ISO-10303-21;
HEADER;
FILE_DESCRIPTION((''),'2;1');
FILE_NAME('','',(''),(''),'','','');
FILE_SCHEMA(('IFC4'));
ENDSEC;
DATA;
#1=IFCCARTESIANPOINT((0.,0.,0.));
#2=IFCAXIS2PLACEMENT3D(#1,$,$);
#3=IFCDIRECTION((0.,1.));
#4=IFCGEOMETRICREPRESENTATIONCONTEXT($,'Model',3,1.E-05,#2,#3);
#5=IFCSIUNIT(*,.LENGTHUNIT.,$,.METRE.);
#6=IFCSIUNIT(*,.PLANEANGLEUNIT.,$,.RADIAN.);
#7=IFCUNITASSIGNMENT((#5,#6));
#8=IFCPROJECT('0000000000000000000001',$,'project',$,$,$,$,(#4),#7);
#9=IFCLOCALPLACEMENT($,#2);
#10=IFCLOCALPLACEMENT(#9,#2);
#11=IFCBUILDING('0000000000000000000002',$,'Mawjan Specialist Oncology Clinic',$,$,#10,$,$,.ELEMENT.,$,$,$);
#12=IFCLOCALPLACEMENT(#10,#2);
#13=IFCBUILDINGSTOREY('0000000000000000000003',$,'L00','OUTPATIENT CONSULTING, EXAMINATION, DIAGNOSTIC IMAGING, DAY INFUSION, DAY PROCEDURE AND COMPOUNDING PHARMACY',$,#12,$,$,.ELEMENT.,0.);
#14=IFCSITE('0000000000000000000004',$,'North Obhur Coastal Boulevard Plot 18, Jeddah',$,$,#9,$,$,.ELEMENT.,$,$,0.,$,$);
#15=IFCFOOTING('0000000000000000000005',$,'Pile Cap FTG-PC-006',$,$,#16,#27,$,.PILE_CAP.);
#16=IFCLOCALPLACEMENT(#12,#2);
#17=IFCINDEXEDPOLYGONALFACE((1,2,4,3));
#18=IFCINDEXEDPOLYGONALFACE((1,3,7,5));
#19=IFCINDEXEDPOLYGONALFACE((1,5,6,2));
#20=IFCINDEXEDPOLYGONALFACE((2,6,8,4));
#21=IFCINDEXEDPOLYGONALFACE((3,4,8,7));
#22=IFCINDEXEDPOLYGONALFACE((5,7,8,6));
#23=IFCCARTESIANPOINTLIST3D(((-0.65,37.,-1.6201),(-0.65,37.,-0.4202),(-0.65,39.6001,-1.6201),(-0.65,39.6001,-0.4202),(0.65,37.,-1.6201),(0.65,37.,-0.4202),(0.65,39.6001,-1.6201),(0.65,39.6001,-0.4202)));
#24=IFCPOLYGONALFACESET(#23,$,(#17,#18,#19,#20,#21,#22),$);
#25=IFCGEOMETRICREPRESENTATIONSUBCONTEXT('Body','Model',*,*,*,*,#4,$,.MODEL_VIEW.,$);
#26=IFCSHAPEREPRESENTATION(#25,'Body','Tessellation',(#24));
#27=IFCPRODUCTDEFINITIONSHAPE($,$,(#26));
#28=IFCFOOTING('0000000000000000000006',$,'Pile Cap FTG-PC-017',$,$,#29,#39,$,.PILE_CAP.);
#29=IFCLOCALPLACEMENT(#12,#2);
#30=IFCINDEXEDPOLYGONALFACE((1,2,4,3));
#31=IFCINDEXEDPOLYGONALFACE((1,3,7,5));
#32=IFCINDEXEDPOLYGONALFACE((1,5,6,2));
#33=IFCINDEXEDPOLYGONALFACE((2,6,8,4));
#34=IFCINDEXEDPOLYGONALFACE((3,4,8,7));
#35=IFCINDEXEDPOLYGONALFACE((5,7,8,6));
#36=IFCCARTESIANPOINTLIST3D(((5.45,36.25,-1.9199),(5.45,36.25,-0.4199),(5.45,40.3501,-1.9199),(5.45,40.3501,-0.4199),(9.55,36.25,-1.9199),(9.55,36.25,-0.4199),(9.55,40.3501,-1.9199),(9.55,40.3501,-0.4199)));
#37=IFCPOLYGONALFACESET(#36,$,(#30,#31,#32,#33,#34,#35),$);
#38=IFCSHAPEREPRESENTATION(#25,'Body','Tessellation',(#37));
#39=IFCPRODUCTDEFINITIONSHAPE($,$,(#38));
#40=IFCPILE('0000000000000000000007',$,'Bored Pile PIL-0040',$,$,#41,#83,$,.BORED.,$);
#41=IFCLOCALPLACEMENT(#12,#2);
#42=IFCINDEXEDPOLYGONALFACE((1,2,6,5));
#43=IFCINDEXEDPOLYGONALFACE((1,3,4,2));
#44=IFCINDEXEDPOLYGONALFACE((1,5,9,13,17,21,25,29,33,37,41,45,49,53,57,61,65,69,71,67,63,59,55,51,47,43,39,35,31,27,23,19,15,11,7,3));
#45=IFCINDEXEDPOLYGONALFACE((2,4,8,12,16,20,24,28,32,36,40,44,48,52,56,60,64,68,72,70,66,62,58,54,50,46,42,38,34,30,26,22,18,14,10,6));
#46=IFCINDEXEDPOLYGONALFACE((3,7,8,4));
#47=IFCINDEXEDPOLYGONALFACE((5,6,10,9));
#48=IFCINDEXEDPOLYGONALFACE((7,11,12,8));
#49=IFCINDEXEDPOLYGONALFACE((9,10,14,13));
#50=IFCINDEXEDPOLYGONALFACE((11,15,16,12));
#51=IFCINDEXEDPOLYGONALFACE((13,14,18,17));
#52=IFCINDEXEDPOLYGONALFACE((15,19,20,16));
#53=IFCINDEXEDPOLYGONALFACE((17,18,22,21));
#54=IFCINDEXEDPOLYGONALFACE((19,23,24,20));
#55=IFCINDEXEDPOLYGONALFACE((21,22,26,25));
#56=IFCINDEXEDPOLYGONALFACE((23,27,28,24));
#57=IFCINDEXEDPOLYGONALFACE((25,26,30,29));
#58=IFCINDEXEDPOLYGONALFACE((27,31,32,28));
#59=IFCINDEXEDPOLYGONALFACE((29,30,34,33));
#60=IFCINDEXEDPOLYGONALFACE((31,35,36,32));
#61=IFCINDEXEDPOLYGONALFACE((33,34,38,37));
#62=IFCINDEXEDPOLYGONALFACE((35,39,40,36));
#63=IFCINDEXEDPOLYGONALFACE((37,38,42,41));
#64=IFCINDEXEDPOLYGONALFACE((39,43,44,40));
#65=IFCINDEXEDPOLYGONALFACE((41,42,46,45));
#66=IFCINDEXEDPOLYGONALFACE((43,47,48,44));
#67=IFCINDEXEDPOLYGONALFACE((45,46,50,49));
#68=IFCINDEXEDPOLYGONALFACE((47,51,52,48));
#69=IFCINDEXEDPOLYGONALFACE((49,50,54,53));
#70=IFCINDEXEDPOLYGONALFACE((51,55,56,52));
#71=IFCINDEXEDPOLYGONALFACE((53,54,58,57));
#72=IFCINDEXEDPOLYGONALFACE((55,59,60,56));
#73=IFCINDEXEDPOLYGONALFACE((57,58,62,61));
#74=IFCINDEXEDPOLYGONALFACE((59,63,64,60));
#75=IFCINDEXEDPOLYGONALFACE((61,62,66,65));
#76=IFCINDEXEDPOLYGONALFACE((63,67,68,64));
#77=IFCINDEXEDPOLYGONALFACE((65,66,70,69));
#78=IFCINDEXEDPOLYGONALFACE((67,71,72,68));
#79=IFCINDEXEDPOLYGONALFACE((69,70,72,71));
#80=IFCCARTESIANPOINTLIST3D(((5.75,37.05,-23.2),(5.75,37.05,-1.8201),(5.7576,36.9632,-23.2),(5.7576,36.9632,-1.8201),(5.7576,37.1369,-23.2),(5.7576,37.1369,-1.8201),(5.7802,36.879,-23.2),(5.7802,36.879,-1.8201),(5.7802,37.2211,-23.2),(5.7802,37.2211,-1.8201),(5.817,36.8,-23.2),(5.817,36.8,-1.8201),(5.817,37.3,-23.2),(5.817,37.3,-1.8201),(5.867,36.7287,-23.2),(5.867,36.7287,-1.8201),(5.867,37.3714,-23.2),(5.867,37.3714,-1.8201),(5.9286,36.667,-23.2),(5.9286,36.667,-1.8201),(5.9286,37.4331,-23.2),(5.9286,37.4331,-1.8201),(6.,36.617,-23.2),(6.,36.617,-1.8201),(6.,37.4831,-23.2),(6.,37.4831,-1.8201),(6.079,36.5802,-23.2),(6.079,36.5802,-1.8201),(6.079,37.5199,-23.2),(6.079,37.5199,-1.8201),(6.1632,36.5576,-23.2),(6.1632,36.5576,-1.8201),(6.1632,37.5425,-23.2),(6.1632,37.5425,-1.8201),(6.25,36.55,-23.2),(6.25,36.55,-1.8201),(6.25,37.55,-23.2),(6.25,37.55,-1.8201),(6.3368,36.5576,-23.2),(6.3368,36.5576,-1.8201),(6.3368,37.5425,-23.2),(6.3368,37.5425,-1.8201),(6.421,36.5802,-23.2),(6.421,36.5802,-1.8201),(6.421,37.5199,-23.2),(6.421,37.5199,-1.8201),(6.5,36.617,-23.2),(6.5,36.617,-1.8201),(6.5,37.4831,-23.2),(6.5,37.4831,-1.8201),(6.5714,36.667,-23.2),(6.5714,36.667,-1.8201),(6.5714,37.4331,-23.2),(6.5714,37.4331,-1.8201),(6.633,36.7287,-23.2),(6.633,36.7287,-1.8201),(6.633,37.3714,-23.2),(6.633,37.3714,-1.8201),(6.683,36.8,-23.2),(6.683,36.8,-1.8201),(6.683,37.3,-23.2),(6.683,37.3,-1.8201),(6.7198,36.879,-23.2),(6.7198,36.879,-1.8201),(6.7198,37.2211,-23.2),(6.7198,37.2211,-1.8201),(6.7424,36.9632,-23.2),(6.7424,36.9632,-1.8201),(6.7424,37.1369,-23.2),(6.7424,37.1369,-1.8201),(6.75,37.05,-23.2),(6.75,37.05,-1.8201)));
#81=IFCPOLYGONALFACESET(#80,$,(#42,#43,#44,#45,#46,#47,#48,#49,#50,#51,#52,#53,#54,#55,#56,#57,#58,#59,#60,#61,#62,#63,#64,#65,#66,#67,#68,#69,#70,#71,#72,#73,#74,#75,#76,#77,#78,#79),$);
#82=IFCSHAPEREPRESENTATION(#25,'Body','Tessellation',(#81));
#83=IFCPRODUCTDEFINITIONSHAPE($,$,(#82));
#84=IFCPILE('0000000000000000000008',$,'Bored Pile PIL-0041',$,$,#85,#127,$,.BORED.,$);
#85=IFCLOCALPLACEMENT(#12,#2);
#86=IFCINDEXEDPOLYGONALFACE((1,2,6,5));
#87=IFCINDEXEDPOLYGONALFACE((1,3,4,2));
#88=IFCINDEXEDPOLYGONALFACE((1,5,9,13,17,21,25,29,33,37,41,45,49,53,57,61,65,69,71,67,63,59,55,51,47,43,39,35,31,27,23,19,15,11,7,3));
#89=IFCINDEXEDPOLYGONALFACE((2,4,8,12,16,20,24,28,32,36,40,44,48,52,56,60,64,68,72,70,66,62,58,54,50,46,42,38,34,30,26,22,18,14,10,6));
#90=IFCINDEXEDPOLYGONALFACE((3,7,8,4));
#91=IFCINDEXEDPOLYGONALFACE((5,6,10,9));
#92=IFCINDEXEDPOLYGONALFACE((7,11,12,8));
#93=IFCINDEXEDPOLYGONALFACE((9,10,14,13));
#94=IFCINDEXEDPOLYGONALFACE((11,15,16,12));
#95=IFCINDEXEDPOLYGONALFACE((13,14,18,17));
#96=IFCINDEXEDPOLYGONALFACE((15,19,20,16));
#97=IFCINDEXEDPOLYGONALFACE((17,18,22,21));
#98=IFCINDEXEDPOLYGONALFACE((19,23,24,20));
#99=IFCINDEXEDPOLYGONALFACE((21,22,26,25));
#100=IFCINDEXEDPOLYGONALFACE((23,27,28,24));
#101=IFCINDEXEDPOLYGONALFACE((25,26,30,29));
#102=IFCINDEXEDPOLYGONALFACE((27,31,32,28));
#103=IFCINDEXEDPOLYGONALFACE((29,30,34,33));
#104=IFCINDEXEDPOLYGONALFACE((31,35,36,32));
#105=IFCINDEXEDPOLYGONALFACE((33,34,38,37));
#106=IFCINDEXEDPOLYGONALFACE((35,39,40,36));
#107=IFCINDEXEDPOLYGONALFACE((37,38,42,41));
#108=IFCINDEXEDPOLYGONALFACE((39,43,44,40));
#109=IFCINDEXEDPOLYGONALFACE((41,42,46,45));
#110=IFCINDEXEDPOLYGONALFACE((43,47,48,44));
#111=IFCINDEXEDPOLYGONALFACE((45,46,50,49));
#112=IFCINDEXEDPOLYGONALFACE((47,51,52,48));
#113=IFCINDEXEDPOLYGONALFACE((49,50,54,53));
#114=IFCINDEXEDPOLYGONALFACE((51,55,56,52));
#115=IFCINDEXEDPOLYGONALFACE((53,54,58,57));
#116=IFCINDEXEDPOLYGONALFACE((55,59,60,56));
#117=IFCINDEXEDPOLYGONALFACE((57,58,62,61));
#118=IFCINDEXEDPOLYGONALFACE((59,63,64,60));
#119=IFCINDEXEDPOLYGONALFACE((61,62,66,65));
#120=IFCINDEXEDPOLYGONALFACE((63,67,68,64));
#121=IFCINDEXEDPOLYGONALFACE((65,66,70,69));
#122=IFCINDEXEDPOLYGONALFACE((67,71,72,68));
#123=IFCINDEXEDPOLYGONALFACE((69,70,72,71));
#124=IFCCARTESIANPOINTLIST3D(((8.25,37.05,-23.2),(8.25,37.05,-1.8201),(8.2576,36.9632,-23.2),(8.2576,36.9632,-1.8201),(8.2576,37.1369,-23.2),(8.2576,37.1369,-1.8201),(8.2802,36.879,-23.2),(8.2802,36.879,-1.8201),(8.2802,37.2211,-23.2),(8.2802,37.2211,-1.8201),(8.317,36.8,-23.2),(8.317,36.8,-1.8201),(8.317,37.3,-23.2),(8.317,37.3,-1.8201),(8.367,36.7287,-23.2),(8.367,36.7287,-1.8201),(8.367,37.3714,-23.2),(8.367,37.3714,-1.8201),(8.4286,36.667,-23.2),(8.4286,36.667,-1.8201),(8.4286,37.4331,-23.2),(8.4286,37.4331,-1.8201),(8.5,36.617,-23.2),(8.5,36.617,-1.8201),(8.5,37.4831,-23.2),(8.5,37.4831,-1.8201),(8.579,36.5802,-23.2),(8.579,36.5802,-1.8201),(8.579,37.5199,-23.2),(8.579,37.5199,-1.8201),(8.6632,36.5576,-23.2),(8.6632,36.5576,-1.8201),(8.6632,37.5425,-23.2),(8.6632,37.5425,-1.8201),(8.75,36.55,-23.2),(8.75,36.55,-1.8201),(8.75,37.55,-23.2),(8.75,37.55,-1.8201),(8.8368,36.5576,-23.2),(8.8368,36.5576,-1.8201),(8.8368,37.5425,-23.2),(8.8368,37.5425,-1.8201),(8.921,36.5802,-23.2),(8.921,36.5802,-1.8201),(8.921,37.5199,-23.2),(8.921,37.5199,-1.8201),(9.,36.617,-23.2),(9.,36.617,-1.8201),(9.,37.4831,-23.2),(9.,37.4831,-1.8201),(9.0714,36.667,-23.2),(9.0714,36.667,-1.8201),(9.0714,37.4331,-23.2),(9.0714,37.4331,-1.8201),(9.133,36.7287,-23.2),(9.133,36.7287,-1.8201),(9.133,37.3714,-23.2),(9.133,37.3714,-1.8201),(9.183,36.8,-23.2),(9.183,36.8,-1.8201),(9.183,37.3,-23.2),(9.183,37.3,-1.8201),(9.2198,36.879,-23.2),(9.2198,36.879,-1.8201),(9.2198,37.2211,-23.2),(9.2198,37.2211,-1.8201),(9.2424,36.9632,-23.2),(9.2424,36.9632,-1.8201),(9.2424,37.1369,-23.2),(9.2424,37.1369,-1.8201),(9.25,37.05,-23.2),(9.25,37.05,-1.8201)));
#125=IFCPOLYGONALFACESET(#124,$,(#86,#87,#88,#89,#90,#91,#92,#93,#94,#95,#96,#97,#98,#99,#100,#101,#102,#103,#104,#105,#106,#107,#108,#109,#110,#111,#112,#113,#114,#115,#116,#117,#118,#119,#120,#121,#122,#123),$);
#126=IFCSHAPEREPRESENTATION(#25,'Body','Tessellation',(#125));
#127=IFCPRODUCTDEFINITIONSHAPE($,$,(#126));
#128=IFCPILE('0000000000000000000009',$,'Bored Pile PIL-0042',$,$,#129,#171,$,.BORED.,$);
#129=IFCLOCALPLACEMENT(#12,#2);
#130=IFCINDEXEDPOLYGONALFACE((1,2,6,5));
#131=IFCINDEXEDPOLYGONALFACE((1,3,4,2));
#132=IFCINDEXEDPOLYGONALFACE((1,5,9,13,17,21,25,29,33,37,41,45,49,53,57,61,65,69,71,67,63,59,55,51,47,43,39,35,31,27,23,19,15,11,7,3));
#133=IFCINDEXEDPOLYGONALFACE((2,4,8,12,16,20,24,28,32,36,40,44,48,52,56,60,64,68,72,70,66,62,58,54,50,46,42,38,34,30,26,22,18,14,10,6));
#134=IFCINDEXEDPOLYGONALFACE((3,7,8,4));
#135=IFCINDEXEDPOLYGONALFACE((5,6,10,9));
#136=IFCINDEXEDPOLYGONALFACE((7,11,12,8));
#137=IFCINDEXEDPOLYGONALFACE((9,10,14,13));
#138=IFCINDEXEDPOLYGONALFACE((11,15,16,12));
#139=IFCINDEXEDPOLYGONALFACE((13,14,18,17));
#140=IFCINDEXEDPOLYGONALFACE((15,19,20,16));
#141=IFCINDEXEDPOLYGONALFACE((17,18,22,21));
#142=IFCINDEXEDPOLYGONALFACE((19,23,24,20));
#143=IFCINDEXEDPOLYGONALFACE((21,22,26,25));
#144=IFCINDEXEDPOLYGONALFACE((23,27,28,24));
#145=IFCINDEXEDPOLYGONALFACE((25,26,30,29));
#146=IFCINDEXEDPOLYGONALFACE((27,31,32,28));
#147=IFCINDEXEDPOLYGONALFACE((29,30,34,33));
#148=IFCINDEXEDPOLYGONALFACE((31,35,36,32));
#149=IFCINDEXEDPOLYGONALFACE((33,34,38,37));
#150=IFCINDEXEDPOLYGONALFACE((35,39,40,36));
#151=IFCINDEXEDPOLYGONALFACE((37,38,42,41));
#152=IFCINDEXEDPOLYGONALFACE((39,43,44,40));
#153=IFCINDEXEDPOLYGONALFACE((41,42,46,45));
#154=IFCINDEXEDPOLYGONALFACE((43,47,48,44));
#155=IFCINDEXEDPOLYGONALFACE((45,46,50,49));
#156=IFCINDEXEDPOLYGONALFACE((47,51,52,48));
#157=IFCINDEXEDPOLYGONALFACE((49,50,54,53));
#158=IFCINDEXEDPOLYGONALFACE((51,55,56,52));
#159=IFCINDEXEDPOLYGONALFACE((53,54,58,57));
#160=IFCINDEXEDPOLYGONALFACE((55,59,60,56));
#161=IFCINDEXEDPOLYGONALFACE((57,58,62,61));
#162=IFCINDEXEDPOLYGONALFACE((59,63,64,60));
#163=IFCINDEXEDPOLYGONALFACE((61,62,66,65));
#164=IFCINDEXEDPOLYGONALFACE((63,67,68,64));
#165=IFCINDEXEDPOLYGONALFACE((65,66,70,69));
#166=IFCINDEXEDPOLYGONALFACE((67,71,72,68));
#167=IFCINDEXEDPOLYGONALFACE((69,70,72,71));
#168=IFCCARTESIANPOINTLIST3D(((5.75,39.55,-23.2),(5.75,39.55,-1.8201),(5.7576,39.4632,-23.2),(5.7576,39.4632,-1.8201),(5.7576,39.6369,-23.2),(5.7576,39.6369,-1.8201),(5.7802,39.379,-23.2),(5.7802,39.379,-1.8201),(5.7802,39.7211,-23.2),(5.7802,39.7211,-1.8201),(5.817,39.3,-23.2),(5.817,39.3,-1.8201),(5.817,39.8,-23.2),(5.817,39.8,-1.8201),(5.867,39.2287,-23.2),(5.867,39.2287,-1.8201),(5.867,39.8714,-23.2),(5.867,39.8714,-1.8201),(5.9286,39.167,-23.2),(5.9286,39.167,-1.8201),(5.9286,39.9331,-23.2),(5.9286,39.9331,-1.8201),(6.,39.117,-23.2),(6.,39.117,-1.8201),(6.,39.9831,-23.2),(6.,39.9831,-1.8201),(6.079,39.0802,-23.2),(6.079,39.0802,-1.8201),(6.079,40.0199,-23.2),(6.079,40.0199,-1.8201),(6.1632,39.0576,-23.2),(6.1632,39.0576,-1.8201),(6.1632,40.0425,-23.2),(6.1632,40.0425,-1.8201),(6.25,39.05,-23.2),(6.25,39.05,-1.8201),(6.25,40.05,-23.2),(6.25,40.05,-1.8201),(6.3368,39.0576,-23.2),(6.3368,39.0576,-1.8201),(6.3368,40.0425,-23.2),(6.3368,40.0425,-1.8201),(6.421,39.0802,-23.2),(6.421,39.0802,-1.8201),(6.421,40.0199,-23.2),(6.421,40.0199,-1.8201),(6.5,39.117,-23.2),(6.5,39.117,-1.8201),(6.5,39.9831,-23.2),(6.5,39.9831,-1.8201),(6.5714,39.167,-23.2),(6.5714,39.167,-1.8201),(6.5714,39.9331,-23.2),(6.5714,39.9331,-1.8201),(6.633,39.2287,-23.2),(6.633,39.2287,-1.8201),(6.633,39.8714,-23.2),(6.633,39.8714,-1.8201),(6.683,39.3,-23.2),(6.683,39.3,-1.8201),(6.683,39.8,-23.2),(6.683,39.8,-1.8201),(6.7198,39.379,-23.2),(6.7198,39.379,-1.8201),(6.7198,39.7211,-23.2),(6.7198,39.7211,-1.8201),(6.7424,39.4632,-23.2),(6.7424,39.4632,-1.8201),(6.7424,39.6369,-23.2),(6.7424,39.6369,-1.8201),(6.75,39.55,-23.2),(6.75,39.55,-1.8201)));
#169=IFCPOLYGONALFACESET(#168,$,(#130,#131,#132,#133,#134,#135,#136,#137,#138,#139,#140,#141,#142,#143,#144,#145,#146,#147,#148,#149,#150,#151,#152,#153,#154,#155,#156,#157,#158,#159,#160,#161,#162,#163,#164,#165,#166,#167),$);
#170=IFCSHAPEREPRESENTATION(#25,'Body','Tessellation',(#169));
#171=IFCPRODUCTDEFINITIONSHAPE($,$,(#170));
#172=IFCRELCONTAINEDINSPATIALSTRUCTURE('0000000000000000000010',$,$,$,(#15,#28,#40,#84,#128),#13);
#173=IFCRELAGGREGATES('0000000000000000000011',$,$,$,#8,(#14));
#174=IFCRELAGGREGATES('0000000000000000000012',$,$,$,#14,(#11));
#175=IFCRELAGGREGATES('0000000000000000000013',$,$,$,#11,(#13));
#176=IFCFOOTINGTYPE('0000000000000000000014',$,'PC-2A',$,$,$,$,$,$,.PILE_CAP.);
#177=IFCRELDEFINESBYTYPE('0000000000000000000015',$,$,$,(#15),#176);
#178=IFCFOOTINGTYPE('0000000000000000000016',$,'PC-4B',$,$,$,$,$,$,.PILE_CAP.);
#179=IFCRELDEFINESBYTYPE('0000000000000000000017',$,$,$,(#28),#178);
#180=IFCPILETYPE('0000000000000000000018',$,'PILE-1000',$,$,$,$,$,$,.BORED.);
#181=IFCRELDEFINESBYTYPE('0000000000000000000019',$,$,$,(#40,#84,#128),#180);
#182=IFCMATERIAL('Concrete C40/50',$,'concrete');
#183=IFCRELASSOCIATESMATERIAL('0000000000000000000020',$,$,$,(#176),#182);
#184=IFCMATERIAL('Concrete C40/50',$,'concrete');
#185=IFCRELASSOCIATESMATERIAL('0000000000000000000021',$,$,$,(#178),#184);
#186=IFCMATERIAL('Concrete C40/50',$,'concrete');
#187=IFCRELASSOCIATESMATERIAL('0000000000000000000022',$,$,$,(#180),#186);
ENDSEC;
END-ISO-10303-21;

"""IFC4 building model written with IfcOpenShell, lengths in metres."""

from ifc_helpers import new_model, si_unit, direction, frame, origin, origin_2d, place, context, subcontext, project, spatial, rectangle, circle, extrude, material, material_profile, profile_set, type_object, element, save


model = new_model("IFC4")

# Units and contexts
model_context = context("Model", 3, precision=1e-05, world=origin(), true_north=direction((0.0, 1.0)))
body_context = subcontext(model_context, "Body", "Model", "MODEL_VIEW")
ifc_project = project(units=[si_unit("LENGTHUNIT", "METRE"), si_unit("PLANEANGLEUNIT", "RADIAN")], contexts=[model_context])

# Site, building, storey
site_placement = place(None, origin())
site = spatial("IfcSite", under=ifc_project, at=site_placement, Name="North Obhur Coastal Boulevard Plot 18, Jeddah", CompositionType="ELEMENT", RefElevation=0.0)
building_placement = place(site_placement, origin())
building = spatial("IfcBuilding", under=site, at=building_placement, Name="Mawjan Specialist Oncology Clinic", CompositionType="ELEMENT")
storey_placement = place(building_placement, origin())
storey = spatial("IfcBuildingStorey", under=building, at=storey_placement, Name="L00", Description="OUTPATIENT CONSULTING, EXAMINATION, DIAGNOSTIC IMAGING, DAY INFUSION, DAY PROCEDURE AND COMPOUNDING PHARMACY", CompositionType="ELEMENT", Elevation=0.0)

# Footings
ifc_material_1 = material(Name="Concrete C40/50", Category="concrete")
footing_type_1 = type_object("IfcFootingType", Name="PC-2A", PredefinedType="PILE_CAP", material=ifc_material_1)
footing_1_placement = place(storey_placement, frame((0.0, 38.3, -1.6201), z_axis=(0.0, 0.0, 1.0), x_axis=(0.0, 1.0, 0.0)))
element("IfcFooting", 1, at=footing_1_placement, inside=storey, type_object=footing_type_1, Name="Pile Cap FTG-PC-006", PredefinedType="PILE_CAP", context=body_context, shape_type="SweptSolid", body=[
    extrude(rectangle(XDim=2.6001, YDim=1.3, at=origin_2d()), origin(), (0.0, 0.0, 1.0), 1.2),
])
ifc_material_2 = material(Name="Concrete C40/50", Category="concrete")
footing_type_2 = type_object("IfcFootingType", Name="PC-4B", PredefinedType="PILE_CAP", material=ifc_material_2)
footing_2_placement = place(storey_placement, frame((7.5, 38.3, -1.9199), z_axis=(0.0, 0.0, 1.0), x_axis=(1.0, 0.0, 0.0)))
element("IfcFooting", 2, at=footing_2_placement, inside=storey, type_object=footing_type_2, Name="Pile Cap FTG-PC-017", PredefinedType="PILE_CAP", context=body_context, shape_type="SweptSolid", body=[
    extrude(rectangle(XDim=4.1001, YDim=4.1001, at=origin_2d()), origin(), (0.0, 0.0, 1.0), 1.5),
])

# Piles
ifc_material_3 = material(Name="Concrete C40/50", Category="concrete")
ifc_material_profile_1 = material_profile(ifc_material_3, circle(Radius=0.5, at=origin_2d()), Name="BORED PILE D1000", Category="concrete")
ifc_profile_set_1 = profile_set([ifc_material_profile_1], Name="Concrete C40/50")
pile_type_1 = type_object("IfcPileType", Name="PILE-1000", PredefinedType="BORED", material=ifc_profile_set_1)
for number, where, z_axis, x_axis, name in (
    (3, (6.25, 37.05, -1.8201), (0.0, 0.0, -1.0), (1.0, 0.0, 0.0), "Bored Pile PIL-0040"),
    (4, (8.75, 37.05, -1.8201), (0.0, 0.0, -1.0), (1.0, 0.0, 0.0), "Bored Pile PIL-0041"),
    (5, (6.25, 39.55, -1.8201), (0.0, 0.0, -1.0), (1.0, 0.0, 0.0), "Bored Pile PIL-0042"),
):
    element("IfcPile", number, at=place(storey_placement, frame(where, z_axis=z_axis, x_axis=x_axis)), inside=storey, type_object=pile_type_1, Name=name, PredefinedType="BORED", context=body_context, shape_type="SweptSolid", body=[
        extrude(circle(Radius=0.5, at=origin_2d()), origin(), (0.0, 0.0, 1.0), 21.3799),
    ])

save(model, "model.ifc")
